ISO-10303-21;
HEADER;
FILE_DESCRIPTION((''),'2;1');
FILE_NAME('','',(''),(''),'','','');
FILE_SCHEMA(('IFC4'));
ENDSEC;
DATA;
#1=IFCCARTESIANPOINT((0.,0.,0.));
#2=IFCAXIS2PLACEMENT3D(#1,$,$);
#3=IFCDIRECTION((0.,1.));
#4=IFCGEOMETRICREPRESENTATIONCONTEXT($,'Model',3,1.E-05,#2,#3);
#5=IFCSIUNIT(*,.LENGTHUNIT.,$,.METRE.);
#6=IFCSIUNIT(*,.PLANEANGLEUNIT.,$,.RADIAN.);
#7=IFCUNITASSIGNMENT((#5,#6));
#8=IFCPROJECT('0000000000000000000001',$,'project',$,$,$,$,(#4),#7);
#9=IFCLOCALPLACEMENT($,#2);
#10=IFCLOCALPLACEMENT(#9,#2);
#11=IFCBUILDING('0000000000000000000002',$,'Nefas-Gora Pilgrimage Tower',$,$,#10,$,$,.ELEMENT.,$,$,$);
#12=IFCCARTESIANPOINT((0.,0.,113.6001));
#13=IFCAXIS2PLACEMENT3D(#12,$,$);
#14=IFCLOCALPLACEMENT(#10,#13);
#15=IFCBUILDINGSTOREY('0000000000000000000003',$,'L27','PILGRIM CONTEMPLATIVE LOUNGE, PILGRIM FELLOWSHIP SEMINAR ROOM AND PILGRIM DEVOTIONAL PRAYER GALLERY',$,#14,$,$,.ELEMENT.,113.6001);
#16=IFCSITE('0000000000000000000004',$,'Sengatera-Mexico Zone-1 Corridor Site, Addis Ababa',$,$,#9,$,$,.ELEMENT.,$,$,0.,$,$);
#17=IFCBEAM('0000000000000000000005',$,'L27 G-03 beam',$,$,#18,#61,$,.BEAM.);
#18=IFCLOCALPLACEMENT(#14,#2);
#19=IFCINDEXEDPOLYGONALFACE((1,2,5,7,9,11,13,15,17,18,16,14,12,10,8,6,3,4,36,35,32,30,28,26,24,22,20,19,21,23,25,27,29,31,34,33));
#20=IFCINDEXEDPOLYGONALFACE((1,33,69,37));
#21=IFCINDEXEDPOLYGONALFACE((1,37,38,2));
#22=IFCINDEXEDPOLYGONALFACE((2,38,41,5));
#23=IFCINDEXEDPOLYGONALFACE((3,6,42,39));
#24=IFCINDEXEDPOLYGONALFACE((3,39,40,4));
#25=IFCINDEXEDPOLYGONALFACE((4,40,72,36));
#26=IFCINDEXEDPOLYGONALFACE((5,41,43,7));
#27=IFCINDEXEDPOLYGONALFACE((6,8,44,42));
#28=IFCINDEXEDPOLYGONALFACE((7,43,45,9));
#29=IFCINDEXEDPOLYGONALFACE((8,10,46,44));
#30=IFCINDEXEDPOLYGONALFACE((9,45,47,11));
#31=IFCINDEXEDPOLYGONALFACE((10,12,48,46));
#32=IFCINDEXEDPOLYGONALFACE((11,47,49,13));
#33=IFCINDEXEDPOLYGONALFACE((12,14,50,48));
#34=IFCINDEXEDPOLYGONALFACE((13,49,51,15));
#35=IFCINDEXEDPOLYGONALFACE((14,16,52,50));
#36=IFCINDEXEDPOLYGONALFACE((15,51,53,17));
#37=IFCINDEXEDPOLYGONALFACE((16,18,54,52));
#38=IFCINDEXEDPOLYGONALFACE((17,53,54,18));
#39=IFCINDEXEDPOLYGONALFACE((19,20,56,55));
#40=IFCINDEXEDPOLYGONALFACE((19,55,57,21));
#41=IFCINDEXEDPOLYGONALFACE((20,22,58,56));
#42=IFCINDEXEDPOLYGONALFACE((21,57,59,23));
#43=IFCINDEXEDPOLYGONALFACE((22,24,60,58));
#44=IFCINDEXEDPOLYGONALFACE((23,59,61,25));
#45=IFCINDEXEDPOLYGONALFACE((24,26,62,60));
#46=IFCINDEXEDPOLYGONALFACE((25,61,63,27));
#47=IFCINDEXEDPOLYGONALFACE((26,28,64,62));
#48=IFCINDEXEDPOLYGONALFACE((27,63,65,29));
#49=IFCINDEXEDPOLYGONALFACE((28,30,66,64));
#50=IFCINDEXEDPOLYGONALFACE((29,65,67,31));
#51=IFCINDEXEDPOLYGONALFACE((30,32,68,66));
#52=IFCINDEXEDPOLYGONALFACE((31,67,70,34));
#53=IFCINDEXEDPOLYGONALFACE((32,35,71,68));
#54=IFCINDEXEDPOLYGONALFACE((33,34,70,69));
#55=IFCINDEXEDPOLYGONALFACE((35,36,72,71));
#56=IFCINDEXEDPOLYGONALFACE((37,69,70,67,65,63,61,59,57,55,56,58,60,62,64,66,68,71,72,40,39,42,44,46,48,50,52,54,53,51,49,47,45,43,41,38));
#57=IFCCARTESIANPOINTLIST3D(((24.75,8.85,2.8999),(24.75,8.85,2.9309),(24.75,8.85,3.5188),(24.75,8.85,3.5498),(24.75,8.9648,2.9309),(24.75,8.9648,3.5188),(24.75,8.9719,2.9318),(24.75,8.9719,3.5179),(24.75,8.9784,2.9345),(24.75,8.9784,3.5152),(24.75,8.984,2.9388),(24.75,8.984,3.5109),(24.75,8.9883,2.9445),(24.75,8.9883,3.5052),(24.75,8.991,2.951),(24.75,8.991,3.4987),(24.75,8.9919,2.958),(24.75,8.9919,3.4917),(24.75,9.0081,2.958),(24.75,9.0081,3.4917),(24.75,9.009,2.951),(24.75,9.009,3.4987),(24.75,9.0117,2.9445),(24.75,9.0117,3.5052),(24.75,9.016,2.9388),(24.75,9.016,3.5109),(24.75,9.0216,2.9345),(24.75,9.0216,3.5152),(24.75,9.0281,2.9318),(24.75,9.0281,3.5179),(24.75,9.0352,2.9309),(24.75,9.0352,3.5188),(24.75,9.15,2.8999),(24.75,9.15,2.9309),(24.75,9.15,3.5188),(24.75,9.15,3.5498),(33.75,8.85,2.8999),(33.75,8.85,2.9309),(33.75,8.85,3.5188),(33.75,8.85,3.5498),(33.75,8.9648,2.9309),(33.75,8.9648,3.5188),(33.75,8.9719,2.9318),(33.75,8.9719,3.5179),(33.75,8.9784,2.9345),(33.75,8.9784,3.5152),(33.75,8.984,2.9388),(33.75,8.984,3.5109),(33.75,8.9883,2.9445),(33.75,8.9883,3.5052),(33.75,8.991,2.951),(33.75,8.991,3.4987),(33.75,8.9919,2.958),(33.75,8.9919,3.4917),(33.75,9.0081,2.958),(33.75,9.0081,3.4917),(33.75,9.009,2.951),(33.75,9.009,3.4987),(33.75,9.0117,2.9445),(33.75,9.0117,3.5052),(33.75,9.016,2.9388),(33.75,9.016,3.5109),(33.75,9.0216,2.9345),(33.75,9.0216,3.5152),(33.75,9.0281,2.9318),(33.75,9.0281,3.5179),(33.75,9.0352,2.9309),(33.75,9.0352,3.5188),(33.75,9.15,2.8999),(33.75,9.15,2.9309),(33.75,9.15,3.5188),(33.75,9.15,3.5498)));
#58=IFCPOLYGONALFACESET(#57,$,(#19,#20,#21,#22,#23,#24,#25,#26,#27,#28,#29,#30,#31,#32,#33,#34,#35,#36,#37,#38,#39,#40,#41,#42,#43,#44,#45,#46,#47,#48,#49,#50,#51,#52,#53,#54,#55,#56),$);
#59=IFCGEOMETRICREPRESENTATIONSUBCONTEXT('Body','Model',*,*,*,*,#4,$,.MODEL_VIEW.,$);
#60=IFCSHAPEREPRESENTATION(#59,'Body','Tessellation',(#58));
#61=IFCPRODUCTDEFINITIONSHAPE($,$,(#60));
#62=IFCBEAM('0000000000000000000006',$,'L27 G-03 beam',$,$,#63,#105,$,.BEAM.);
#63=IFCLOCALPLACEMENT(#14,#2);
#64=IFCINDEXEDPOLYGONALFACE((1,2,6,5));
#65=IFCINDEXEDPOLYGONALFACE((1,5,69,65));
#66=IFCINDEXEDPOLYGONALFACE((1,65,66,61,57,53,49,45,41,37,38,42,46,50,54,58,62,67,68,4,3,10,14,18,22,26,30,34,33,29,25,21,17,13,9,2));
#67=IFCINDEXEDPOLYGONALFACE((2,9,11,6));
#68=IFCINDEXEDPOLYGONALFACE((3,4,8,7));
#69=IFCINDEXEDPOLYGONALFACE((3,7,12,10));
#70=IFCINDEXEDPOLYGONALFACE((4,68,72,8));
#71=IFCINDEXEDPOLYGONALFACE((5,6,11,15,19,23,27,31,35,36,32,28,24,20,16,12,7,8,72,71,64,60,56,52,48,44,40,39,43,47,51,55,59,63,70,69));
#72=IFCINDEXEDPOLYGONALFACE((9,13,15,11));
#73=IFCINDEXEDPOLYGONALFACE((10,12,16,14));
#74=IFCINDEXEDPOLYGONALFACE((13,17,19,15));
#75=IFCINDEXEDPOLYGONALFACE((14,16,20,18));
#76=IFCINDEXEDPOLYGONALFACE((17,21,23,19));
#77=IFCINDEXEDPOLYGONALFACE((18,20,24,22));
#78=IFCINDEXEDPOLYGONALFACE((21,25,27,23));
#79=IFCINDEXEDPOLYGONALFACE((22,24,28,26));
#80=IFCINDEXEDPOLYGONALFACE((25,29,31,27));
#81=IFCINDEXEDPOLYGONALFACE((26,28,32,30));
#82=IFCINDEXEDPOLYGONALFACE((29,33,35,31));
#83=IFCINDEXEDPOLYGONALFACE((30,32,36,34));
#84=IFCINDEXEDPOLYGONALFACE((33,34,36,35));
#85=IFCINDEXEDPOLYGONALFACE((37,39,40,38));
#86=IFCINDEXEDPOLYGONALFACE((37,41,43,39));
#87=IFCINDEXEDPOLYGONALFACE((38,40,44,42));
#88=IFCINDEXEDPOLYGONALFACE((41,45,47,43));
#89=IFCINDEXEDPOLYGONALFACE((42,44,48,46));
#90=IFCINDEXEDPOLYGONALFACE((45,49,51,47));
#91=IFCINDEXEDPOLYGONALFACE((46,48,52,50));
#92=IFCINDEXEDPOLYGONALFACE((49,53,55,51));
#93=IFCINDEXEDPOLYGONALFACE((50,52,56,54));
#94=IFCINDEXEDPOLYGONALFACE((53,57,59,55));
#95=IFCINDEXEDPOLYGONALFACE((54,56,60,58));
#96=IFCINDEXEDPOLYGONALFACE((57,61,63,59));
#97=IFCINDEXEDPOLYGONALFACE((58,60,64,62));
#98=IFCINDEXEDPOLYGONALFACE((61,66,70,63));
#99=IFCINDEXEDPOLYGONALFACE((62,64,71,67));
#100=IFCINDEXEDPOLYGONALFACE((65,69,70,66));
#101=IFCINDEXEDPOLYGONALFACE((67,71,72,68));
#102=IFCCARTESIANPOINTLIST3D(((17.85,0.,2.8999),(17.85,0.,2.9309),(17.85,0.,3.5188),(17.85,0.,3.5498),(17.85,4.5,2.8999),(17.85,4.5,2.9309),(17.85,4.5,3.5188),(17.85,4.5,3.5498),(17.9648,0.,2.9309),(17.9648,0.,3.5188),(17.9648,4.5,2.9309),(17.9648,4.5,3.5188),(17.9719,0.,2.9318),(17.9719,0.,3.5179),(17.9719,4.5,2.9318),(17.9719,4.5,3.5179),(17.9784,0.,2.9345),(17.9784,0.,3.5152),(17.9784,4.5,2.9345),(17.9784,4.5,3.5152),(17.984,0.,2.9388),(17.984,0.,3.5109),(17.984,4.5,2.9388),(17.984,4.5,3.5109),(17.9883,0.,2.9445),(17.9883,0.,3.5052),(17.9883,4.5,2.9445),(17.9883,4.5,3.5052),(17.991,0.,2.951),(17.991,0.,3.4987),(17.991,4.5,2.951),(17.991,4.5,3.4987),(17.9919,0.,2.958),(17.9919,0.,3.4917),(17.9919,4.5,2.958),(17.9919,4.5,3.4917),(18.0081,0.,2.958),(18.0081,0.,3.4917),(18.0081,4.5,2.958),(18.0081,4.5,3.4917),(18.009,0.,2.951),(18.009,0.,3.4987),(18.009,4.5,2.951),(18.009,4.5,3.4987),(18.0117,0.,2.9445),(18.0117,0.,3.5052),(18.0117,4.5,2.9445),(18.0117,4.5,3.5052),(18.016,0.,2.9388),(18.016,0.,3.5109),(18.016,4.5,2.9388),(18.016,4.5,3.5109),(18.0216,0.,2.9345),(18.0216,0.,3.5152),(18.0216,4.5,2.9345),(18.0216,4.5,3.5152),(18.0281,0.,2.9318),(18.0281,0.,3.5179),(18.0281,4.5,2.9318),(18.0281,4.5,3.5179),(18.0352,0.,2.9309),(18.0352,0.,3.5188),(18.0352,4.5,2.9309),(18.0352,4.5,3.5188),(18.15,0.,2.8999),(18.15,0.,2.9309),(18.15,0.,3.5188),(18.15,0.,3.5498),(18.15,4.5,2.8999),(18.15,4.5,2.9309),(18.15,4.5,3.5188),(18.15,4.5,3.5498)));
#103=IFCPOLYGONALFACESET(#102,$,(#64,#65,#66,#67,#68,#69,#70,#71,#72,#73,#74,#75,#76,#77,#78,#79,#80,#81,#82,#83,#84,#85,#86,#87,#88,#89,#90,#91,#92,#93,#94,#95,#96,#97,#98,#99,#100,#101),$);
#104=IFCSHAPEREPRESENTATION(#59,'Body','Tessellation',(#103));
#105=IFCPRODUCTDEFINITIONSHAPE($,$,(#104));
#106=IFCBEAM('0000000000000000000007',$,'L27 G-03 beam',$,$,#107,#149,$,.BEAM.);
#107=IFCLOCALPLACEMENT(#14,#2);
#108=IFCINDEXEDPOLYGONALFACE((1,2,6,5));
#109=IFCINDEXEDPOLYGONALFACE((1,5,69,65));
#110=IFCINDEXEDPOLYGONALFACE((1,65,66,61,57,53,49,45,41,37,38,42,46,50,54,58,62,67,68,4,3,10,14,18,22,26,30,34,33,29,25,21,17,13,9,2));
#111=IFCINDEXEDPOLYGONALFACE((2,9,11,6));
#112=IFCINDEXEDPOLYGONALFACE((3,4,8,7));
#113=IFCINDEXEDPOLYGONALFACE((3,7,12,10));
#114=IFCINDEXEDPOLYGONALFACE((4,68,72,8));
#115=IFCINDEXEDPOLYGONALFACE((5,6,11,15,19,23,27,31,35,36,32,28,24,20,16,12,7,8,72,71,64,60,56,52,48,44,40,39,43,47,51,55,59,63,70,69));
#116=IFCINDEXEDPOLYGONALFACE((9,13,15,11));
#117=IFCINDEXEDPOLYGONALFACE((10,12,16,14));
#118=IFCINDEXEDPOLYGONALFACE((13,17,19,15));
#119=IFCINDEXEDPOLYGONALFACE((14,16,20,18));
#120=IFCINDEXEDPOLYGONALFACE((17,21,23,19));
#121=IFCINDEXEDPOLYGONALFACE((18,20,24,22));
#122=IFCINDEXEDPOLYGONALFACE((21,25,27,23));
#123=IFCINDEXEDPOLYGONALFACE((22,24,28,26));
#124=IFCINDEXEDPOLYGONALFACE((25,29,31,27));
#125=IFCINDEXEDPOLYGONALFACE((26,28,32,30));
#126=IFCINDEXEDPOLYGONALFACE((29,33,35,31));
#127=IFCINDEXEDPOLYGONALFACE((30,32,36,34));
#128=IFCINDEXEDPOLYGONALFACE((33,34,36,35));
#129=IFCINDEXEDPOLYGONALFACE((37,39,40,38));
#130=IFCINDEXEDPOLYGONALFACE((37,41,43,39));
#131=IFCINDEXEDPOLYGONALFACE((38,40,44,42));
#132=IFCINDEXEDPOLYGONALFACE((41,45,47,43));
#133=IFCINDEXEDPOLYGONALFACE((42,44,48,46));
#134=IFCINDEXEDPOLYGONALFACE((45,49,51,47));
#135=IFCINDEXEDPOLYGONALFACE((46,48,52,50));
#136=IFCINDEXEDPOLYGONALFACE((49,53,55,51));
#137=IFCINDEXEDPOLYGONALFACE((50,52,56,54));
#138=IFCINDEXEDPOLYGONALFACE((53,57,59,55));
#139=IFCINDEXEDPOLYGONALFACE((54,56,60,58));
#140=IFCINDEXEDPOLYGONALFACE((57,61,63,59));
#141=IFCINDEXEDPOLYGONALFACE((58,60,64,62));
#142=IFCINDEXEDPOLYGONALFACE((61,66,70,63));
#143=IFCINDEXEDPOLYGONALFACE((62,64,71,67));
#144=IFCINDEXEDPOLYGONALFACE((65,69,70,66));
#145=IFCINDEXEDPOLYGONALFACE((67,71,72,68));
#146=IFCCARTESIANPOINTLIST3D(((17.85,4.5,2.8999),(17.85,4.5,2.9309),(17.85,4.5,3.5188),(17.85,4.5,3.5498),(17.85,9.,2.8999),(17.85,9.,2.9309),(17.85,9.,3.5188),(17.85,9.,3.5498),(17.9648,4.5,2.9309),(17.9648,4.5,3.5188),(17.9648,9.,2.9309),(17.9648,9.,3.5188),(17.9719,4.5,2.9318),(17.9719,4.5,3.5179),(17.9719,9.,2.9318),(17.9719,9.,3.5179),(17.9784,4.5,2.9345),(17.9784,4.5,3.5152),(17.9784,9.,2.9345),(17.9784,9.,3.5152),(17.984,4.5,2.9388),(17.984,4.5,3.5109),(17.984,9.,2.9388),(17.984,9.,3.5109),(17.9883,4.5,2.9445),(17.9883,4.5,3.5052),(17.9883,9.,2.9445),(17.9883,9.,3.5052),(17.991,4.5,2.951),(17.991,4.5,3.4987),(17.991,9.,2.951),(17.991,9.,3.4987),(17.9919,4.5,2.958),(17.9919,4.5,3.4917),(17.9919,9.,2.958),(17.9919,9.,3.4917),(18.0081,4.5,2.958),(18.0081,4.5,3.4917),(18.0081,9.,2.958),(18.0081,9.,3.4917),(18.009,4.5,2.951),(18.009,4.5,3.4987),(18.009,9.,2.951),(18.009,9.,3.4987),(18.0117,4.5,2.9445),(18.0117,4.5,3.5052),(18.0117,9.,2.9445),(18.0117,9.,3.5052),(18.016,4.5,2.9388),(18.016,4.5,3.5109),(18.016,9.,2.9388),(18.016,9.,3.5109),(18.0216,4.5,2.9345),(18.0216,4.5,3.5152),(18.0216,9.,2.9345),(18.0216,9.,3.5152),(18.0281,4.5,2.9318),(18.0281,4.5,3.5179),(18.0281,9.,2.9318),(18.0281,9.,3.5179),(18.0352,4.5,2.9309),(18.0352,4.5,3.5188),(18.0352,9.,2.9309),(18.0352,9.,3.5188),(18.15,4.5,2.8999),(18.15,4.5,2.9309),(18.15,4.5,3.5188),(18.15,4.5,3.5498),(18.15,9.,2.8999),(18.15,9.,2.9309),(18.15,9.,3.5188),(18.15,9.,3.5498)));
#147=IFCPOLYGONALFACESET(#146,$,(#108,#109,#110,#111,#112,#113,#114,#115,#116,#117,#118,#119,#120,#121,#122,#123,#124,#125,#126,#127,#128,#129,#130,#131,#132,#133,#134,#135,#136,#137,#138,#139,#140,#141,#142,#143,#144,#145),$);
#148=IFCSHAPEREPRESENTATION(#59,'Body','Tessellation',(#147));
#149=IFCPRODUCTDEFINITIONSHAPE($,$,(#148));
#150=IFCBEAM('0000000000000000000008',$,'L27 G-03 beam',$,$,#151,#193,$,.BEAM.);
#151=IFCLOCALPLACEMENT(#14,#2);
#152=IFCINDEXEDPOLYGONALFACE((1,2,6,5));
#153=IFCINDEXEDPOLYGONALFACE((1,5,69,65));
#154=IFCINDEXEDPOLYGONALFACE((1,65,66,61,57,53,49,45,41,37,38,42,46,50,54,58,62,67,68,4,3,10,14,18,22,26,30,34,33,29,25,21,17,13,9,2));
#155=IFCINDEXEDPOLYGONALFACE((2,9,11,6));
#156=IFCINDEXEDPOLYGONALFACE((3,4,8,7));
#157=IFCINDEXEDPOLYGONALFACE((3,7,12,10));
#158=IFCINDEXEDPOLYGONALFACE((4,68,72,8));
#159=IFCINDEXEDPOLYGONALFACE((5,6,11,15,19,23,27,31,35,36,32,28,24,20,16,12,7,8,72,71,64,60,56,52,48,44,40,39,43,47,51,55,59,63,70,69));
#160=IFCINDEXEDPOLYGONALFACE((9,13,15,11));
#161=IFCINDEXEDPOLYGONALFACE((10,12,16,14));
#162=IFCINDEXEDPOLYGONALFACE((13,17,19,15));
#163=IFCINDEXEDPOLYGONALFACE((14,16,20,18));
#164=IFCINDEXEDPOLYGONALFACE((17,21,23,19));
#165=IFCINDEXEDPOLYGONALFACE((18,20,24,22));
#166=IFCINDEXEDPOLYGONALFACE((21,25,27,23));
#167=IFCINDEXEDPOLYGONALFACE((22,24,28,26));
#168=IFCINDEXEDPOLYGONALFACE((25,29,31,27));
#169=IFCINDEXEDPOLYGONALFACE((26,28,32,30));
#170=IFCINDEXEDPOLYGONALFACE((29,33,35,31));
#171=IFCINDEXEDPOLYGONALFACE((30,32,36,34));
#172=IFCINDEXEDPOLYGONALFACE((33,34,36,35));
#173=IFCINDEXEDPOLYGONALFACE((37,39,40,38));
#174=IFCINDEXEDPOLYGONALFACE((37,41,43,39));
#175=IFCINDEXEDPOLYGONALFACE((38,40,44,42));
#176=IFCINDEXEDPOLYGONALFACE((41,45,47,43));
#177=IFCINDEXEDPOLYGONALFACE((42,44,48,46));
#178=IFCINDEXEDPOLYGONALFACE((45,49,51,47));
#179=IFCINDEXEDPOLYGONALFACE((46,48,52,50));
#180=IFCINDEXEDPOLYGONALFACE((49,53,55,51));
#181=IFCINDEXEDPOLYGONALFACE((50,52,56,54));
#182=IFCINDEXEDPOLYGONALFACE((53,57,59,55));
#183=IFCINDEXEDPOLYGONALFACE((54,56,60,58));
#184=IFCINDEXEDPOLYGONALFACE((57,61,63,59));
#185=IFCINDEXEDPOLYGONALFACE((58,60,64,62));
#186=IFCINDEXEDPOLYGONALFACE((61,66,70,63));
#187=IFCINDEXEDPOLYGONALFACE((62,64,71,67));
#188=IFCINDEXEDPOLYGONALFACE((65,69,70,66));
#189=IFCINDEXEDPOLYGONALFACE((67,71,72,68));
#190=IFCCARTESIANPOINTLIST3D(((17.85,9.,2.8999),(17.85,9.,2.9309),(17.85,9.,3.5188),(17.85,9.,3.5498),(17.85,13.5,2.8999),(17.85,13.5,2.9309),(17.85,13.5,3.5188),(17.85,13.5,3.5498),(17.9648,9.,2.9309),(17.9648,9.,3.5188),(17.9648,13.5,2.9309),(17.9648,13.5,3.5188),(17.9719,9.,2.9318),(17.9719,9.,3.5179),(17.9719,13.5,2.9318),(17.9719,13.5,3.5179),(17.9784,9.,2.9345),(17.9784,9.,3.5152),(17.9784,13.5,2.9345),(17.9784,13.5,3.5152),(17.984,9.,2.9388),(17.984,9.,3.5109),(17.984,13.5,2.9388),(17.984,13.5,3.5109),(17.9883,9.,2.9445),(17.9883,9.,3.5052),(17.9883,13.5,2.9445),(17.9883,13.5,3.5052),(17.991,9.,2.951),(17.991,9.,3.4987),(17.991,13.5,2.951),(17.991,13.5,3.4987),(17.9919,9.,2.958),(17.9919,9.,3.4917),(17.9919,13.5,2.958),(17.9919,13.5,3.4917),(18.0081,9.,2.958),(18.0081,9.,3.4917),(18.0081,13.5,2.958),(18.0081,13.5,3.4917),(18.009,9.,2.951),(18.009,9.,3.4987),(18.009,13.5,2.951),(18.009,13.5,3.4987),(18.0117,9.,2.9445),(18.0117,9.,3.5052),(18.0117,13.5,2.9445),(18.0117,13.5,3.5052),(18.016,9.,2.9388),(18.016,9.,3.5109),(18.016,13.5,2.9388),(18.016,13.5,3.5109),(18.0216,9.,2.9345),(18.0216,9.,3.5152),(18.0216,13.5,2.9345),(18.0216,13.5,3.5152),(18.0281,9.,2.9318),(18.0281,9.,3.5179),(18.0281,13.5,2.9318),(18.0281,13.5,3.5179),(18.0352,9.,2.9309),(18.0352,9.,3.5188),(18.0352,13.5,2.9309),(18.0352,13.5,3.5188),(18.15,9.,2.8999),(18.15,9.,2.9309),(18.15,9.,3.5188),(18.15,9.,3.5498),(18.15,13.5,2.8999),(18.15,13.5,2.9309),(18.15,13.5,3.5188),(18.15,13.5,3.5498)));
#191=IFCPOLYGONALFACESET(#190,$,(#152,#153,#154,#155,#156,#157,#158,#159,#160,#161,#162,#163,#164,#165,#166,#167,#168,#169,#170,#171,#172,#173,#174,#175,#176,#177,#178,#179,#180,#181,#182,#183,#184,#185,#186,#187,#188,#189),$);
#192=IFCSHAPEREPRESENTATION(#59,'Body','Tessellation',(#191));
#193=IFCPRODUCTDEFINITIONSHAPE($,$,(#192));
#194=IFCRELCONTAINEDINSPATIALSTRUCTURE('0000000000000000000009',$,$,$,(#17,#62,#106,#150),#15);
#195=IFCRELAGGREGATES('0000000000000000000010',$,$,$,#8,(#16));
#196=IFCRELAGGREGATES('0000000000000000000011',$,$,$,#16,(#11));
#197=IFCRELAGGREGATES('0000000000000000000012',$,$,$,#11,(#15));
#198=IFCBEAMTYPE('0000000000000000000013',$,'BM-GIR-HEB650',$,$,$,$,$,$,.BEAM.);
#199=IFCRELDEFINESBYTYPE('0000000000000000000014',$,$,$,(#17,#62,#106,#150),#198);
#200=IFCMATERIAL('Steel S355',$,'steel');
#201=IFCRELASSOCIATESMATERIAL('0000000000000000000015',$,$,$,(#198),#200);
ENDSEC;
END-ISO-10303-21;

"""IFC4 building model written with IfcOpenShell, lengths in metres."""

from ifc_helpers import new_model, si_unit, direction, frame, origin, origin_2d, place, context, subcontext, project, spatial, i_section, extrude, source, transform, mapped, material, material_profile, profile_set, type_object, element, save


model = new_model("IFC4")

# Units and contexts
model_context = context("Model", 3, precision=1e-05, world=origin(), true_north=direction((0.0, 1.0)))
body_context = subcontext(model_context, "Body", "Model", "MODEL_VIEW")
ifc_project = project(units=[si_unit("LENGTHUNIT", "METRE"), si_unit("PLANEANGLEUNIT", "RADIAN")], contexts=[model_context])

# Site, building, storey
site_placement = place(None, origin())
site = spatial("IfcSite", under=ifc_project, at=site_placement, Name="Sengatera-Mexico Zone-1 Corridor Site, Addis Ababa", CompositionType="ELEMENT", RefElevation=0.0)
building_placement = place(site_placement, origin())
building = spatial("IfcBuilding", under=site, at=building_placement, Name="Nefas-Gora Pilgrimage Tower", CompositionType="ELEMENT")
storey_placement = place(building_placement, frame((0.0, 0.0, 113.6001)))
storey = spatial("IfcBuildingStorey", under=building, at=storey_placement, Name="L27", Description="PILGRIM CONTEMPLATIVE LOUNGE, PILGRIM FELLOWSHIP SEMINAR ROOM AND PILGRIM DEVOTIONAL PRAYER GALLERY", CompositionType="ELEMENT", Elevation=113.6001)

# Beams
ifc_material_1 = material(Name="Steel S355", Category="steel")
ifc_material_profile_1 = material_profile(ifc_material_1, i_section(OverallWidth=0.3, OverallDepth=0.6499, WebThickness=0.0161, FlangeThickness=0.031, FilletRadius=0.0271, at=origin_2d()), Name="HEB 650")
ifc_profile_set_1 = profile_set([ifc_material_profile_1], Name="Steel S355")
beam_type_1 = type_object("IfcBeamType", Name="BM-GIR-HEB650", PredefinedType="BEAM", material=ifc_profile_set_1)
shared_shape_1 = source(origin(), body_context, "Body", "SweptSolid", [
    extrude(i_section(OverallWidth=0.3, OverallDepth=0.6499, WebThickness=0.0161, FlangeThickness=0.031, FilletRadius=0.0271, at=origin_2d()), origin(), (0.0, 0.0, 1.0), 9.0),
])
for number, where, z_axis, x_axis, name in (
    (1, (24.75, 9.0, 3.2249), (1.0, 0.0, 0.0), (0.0, 1.0, 0.0), "L27 G-03 beam"),
):
    element("IfcBeam", number, at=place(storey_placement, frame(where, z_axis=z_axis, x_axis=x_axis)), inside=storey, type_object=beam_type_1, Name=name, PredefinedType="BEAM", context=body_context, shape_type="MappedRepresentation", body=[
        mapped(shared_shape_1, transform((0.0, 0.0, 0.0), x_axis=(1.0, 0.0, 0.0), y_axis=(0.0, 1.0, 0.0), z_axis=(0.0, 0.0, 1.0), scale=1.0)),
    ])
shared_shape_2 = source(origin(), body_context, "Body", "SweptSolid", [
    extrude(i_section(OverallWidth=0.3, OverallDepth=0.6499, WebThickness=0.0161, FlangeThickness=0.031, FilletRadius=0.0271, at=origin_2d()), origin(), (0.0, 0.0, 1.0), 4.5),
])
for number, where, z_axis, x_axis, name in (
    (2, (18.0, 0.0, 3.2249), (0.0, 1.0, 0.0), (-1.0, 0.0, 0.0), "L27 G-03 beam"),
    (3, (18.0, 4.5, 3.2249), (0.0, 1.0, 0.0), (-1.0, 0.0, 0.0), "L27 G-03 beam"),
    (4, (18.0, 9.0, 3.2249), (0.0, 1.0, 0.0), (-1.0, 0.0, 0.0), "L27 G-03 beam"),
):
    element("IfcBeam", number, at=place(storey_placement, frame(where, z_axis=z_axis, x_axis=x_axis)), inside=storey, type_object=beam_type_1, Name=name, PredefinedType="BEAM", context=body_context, shape_type="MappedRepresentation", body=[
        mapped(shared_shape_2, transform((0.0, 0.0, 0.0), x_axis=(1.0, 0.0, 0.0), y_axis=(0.0, 1.0, 0.0), z_axis=(0.0, 0.0, 1.0), scale=1.0)),
    ])

save(model, "model.ifc")
